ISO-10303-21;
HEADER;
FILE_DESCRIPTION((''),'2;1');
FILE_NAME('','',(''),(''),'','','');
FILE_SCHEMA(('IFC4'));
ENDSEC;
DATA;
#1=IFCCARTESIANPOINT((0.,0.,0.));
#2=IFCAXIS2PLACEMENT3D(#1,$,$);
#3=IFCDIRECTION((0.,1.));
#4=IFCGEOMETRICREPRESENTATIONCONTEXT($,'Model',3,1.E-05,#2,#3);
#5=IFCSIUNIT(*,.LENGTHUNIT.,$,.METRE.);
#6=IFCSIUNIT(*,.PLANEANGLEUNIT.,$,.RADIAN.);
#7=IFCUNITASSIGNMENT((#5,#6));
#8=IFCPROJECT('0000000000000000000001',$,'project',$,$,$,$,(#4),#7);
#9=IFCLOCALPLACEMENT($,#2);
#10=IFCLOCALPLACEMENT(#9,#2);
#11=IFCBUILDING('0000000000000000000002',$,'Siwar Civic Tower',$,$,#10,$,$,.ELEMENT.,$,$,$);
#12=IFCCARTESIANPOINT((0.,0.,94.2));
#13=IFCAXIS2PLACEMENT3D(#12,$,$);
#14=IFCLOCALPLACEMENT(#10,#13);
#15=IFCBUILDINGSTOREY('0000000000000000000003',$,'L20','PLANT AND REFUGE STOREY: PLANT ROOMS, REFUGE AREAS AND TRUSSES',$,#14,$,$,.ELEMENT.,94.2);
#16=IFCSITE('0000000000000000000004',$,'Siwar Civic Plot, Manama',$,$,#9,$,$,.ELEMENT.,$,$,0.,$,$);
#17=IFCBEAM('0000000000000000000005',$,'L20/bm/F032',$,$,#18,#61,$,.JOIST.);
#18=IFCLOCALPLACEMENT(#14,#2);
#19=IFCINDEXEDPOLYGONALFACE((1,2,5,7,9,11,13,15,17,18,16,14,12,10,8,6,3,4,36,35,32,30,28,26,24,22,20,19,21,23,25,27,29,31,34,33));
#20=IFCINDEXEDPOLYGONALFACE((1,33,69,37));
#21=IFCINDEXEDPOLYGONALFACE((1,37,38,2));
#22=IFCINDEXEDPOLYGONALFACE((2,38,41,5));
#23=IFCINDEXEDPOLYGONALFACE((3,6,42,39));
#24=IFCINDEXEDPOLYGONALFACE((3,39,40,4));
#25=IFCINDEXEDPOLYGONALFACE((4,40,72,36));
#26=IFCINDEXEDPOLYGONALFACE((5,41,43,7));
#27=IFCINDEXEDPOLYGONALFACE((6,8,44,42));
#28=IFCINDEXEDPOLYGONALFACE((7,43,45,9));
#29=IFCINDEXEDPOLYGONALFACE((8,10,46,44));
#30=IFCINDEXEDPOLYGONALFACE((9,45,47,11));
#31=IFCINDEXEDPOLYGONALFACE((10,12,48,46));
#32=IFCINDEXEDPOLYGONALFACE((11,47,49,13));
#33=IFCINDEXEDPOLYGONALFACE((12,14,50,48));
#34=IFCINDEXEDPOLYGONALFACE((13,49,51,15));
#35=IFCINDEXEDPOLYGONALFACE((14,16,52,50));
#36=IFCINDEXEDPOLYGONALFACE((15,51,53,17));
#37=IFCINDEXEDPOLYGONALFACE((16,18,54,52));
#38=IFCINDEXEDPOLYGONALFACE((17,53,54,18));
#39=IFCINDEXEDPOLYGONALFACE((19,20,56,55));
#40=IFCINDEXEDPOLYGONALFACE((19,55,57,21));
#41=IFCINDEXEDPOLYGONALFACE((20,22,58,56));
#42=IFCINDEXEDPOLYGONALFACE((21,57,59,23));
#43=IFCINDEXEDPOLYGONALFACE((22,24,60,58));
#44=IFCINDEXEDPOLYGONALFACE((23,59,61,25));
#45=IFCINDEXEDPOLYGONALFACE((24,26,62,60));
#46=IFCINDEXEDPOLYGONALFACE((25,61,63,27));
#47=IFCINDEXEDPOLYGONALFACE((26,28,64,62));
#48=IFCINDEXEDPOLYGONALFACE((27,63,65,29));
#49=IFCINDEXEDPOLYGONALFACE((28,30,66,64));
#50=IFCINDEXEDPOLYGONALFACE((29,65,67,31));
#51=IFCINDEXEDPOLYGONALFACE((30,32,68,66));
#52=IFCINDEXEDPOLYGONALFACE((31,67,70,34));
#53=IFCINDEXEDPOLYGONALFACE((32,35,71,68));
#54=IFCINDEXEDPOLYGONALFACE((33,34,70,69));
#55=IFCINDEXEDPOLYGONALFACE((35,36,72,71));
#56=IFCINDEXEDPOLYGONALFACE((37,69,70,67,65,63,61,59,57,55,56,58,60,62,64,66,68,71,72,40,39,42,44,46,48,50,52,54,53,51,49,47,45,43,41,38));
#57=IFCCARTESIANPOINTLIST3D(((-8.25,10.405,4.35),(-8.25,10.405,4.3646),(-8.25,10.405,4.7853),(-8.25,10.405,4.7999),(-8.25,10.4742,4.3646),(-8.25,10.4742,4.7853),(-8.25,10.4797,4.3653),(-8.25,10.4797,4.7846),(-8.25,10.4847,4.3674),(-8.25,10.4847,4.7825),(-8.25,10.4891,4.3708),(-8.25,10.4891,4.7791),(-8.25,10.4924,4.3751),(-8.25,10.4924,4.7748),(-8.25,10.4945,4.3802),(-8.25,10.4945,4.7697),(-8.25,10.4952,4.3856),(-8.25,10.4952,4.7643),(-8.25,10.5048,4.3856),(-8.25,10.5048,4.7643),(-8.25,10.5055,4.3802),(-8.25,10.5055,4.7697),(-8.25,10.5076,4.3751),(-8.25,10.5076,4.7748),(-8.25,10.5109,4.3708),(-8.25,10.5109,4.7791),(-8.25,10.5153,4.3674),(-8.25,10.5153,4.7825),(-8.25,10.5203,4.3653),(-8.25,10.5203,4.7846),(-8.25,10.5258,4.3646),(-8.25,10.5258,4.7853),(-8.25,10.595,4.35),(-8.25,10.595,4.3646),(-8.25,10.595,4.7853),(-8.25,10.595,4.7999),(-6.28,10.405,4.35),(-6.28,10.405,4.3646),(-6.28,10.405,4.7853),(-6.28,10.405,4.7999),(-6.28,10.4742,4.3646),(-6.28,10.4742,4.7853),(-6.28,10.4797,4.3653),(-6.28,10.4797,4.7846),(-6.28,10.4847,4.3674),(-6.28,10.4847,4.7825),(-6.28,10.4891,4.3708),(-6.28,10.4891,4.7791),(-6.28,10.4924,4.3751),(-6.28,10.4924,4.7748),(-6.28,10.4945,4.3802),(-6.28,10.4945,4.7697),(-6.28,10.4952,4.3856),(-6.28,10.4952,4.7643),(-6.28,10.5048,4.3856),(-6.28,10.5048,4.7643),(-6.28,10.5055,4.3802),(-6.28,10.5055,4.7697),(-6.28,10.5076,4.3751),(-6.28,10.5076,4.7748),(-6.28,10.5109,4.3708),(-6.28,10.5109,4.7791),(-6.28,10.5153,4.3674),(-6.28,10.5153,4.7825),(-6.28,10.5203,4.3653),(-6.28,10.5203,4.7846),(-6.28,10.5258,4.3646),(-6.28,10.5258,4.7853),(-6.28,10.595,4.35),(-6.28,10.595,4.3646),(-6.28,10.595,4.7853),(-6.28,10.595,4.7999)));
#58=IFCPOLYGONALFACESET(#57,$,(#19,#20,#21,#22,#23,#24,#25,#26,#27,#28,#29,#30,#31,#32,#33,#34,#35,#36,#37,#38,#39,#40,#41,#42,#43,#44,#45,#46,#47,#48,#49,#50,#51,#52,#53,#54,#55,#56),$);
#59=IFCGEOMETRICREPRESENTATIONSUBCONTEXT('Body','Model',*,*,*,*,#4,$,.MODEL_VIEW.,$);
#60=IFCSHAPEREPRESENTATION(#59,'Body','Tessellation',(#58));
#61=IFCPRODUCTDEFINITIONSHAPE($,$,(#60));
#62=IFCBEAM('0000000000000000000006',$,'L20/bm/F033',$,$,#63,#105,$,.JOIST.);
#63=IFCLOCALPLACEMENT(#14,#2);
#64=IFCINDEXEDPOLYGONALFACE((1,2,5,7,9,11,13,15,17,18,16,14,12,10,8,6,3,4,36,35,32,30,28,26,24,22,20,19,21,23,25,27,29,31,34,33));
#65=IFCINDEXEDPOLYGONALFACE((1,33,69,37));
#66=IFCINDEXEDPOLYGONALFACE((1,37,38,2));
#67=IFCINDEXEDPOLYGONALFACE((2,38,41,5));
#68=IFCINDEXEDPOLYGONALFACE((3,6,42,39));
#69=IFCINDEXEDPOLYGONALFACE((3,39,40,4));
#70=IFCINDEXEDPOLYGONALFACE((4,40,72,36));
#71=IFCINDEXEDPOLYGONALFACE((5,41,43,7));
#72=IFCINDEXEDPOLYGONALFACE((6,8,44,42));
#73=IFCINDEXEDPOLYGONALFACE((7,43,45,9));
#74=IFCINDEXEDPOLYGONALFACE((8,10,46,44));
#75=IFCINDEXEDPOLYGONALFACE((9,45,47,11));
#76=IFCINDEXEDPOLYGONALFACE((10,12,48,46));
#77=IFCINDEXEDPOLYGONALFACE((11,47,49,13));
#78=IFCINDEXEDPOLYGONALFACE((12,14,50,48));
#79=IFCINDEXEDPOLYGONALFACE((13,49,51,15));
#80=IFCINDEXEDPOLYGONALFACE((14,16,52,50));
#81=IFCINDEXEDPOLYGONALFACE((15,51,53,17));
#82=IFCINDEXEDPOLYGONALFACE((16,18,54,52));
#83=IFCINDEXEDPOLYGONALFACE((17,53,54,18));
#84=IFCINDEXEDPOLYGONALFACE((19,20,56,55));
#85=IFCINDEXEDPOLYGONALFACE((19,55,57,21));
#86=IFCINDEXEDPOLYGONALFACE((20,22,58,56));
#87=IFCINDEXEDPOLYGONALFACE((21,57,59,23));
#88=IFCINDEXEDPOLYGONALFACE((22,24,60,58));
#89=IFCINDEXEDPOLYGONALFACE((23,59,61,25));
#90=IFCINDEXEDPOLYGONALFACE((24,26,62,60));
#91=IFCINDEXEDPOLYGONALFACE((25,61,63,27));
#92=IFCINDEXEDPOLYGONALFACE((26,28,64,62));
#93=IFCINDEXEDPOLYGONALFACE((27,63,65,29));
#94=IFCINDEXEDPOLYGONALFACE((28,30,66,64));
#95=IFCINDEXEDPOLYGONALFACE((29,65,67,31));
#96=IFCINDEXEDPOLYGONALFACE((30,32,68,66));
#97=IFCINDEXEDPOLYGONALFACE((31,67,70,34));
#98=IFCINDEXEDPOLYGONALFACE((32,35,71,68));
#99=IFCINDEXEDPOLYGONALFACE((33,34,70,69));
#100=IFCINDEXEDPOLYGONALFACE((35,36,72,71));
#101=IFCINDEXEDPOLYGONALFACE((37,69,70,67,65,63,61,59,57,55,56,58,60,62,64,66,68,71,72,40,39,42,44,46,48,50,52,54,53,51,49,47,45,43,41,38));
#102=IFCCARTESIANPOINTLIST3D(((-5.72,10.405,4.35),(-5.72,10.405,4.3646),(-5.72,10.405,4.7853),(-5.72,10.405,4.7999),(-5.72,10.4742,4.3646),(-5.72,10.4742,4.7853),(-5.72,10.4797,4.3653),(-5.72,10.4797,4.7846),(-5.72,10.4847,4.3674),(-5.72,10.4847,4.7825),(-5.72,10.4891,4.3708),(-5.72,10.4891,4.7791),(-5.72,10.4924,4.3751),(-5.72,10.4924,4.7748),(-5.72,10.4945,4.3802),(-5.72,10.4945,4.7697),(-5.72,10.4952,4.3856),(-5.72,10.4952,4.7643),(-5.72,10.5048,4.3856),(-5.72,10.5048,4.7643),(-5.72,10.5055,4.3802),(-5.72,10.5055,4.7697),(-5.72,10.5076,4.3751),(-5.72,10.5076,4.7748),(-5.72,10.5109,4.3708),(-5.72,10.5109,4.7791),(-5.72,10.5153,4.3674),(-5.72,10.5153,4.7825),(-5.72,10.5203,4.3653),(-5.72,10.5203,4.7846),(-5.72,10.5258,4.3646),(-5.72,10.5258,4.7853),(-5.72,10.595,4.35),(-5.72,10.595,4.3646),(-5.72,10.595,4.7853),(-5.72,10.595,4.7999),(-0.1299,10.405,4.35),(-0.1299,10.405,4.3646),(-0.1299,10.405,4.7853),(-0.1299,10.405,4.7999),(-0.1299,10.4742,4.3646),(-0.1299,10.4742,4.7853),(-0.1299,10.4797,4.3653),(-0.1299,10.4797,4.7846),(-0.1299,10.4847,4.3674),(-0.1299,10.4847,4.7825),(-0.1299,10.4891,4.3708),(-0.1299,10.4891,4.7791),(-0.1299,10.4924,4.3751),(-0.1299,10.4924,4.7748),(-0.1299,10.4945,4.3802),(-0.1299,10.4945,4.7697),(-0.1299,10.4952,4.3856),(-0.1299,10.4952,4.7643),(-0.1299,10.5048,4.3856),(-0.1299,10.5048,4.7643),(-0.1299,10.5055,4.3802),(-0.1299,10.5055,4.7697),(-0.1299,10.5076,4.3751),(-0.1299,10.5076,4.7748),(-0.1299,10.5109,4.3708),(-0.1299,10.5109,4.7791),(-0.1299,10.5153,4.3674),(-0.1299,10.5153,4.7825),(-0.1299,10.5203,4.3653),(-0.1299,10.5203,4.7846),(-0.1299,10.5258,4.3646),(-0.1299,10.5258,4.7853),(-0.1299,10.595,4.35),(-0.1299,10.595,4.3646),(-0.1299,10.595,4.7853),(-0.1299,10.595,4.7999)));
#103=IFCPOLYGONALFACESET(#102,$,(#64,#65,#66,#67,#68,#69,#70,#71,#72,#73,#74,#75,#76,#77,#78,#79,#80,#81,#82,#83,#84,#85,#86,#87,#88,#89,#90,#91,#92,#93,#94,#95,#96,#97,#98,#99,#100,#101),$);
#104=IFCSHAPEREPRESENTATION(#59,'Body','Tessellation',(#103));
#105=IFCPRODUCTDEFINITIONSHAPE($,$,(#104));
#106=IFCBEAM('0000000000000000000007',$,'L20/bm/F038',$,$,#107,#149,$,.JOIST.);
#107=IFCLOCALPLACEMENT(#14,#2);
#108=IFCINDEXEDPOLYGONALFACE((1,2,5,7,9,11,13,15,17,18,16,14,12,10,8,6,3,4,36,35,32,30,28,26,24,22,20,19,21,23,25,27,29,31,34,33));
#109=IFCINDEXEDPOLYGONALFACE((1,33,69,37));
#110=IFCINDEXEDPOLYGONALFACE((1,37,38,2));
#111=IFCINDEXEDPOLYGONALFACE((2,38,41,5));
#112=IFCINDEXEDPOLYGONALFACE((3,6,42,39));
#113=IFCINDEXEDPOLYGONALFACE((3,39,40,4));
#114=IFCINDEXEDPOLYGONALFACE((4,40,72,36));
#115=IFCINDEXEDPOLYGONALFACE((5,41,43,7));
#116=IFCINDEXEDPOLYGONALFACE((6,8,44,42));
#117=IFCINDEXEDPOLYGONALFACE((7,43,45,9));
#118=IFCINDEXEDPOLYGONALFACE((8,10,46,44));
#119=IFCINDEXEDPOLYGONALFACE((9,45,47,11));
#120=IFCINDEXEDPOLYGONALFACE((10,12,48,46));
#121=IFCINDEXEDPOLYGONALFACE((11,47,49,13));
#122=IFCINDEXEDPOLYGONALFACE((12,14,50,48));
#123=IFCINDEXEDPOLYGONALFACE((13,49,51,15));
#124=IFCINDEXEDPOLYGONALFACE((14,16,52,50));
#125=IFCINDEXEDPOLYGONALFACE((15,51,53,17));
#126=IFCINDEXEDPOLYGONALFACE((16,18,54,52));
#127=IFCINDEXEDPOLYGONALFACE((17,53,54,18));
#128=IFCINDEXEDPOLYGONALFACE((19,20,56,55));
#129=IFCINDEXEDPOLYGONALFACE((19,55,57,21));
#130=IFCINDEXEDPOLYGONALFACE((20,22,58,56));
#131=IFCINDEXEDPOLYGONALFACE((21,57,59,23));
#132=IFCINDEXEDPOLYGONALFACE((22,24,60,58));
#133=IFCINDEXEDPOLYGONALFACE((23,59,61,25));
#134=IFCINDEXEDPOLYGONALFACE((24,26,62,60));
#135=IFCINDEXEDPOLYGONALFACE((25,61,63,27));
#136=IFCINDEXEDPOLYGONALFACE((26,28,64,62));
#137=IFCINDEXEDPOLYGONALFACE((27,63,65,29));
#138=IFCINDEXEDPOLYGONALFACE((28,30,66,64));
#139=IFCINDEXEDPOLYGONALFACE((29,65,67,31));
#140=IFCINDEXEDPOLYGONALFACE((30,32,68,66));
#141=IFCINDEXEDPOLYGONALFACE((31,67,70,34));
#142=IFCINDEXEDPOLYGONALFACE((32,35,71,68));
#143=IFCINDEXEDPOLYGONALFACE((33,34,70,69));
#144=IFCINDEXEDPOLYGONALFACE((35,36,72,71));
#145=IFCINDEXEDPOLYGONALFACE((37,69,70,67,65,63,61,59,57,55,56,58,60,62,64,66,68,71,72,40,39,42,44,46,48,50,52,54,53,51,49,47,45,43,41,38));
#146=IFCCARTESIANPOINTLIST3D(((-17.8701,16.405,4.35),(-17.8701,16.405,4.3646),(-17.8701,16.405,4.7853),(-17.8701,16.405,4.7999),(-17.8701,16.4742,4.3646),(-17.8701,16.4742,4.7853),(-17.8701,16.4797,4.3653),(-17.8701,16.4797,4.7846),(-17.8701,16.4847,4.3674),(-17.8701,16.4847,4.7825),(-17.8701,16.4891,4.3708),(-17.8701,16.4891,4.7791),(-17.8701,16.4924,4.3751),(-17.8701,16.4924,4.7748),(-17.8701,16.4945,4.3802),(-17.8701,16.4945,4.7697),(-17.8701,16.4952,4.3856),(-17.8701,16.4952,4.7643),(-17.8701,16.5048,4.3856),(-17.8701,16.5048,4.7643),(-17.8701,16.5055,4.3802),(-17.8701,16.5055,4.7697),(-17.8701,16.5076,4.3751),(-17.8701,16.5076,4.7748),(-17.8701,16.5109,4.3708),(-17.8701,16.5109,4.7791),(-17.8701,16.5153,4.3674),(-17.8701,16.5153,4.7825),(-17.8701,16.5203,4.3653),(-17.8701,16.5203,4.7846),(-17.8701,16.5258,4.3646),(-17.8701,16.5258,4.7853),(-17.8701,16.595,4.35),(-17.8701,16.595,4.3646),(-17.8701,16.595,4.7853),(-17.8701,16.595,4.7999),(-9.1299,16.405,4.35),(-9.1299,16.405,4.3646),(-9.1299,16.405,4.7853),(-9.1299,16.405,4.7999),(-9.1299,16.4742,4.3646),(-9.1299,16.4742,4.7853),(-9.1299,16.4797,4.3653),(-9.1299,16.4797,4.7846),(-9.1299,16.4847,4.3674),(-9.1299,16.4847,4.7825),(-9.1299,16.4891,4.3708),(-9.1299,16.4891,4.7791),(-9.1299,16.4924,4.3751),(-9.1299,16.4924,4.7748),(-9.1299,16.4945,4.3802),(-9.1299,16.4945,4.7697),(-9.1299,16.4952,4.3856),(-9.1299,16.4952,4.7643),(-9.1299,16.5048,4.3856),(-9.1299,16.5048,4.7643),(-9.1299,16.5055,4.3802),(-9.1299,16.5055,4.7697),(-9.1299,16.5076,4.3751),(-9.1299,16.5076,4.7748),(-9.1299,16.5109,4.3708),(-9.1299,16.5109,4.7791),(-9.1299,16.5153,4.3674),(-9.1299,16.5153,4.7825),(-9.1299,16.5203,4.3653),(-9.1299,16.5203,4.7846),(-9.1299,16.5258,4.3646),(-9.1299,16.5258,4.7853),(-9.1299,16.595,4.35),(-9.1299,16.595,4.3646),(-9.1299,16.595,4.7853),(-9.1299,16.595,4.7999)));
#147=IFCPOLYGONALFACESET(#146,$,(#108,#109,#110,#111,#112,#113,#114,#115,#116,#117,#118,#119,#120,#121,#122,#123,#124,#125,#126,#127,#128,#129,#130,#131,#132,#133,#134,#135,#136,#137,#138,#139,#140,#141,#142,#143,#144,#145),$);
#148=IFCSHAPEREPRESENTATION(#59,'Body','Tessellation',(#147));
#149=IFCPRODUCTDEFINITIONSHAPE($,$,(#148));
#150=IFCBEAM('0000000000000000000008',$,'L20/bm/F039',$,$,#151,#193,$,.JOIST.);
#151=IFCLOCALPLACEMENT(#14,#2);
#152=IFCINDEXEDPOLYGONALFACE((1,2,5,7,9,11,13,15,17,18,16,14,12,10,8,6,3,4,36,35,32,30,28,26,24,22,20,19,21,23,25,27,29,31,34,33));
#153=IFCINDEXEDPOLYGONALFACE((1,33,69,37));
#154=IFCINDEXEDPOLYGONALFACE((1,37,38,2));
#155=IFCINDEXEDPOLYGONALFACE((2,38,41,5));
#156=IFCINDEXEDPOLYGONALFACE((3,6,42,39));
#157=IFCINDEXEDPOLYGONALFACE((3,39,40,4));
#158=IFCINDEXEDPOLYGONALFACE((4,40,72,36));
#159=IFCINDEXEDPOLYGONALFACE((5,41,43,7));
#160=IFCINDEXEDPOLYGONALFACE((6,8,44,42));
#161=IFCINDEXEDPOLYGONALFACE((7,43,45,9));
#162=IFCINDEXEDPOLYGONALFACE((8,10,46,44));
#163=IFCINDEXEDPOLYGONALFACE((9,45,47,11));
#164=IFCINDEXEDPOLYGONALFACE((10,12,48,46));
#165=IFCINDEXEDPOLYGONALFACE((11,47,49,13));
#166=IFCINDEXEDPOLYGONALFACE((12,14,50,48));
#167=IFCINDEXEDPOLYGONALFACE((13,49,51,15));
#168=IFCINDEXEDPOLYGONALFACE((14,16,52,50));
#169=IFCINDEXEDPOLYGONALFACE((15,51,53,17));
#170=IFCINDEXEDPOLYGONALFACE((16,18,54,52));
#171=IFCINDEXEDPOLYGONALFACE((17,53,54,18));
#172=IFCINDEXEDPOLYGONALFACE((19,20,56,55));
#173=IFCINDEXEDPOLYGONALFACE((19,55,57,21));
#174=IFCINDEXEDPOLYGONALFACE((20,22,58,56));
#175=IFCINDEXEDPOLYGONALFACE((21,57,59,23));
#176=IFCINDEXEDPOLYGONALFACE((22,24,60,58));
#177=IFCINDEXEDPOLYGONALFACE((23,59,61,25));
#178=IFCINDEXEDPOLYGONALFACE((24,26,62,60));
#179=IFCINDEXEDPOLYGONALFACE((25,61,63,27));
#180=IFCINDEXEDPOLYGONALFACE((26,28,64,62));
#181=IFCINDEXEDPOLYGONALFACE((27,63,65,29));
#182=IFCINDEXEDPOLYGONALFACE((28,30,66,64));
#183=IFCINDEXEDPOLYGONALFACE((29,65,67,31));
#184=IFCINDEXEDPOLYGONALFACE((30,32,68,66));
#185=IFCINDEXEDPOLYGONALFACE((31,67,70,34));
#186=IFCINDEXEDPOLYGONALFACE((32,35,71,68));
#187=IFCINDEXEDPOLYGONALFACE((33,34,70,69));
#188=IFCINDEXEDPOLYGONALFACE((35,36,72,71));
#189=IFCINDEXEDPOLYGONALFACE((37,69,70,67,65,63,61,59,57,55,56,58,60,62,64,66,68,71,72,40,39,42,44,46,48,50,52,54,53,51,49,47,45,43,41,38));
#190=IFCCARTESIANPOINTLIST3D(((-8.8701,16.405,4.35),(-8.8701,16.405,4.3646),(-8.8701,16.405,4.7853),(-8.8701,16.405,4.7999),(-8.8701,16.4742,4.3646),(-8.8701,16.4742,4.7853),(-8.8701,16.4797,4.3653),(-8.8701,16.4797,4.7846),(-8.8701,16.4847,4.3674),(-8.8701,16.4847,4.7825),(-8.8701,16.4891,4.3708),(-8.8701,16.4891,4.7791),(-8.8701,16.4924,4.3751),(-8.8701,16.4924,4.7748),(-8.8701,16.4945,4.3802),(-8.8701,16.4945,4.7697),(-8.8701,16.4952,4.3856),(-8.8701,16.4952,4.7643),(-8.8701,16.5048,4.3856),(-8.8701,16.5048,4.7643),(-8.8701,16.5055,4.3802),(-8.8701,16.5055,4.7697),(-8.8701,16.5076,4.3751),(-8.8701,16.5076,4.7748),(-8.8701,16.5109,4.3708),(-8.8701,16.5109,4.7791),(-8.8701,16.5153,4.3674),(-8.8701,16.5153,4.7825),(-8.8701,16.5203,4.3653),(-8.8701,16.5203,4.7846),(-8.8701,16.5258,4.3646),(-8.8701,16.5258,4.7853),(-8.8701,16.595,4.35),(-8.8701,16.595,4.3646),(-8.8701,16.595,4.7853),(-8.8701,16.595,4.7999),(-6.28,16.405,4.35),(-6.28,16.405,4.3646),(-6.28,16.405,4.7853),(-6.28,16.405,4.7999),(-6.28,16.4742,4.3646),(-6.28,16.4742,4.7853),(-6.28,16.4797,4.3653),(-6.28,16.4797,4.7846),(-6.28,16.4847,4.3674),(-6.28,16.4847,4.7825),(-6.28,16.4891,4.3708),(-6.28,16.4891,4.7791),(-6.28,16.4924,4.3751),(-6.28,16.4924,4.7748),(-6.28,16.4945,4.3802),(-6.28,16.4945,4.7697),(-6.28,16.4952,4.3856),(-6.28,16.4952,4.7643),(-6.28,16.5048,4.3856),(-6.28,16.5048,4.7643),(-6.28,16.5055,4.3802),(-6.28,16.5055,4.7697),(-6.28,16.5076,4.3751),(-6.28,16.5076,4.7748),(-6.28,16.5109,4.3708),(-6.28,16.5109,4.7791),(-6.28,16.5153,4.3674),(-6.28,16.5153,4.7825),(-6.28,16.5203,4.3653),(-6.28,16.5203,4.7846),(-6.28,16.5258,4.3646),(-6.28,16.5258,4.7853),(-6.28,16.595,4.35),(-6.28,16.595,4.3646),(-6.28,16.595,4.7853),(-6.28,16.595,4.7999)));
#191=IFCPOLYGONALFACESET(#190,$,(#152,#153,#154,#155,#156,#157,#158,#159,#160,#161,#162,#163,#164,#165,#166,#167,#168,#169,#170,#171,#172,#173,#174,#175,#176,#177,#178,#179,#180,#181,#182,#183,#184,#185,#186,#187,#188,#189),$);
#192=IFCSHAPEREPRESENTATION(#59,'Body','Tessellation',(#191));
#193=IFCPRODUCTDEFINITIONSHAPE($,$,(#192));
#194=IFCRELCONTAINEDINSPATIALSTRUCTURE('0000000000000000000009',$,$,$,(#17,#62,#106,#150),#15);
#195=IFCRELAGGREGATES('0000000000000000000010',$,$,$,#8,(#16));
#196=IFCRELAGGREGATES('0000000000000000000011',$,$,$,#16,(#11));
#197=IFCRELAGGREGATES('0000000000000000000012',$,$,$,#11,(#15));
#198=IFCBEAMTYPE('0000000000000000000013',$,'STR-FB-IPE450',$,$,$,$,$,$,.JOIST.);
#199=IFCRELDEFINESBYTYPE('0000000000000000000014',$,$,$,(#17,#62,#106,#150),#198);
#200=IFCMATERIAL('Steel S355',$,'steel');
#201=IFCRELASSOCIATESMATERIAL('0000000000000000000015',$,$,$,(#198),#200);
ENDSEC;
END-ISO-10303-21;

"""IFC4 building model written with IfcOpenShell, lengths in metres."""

from ifc_helpers import new_model, si_unit, direction, frame, origin, origin_2d, place, context, subcontext, project, spatial, i_section, extrude, material, material_profile, profile_set, type_object, element, save


model = new_model("IFC4")

# Units and contexts
model_context = context("Model", 3, precision=1e-05, world=origin(), true_north=direction((0.0, 1.0)))
body_context = subcontext(model_context, "Body", "Model", "MODEL_VIEW")
ifc_project = project(units=[si_unit("LENGTHUNIT", "METRE"), si_unit("PLANEANGLEUNIT", "RADIAN")], contexts=[model_context])

# Site, building, storey
site_placement = place(None, origin())
site = spatial("IfcSite", under=ifc_project, at=site_placement, Name="Siwar Civic Plot, Manama", CompositionType="ELEMENT", RefElevation=0.0)
building_placement = place(site_placement, origin())
building = spatial("IfcBuilding", under=site, at=building_placement, Name="Siwar Civic Tower", CompositionType="ELEMENT")
storey_placement = place(building_placement, frame((0.0, 0.0, 94.2)))
storey = spatial("IfcBuildingStorey", under=building, at=storey_placement, Name="L20", Description="PLANT AND REFUGE STOREY: PLANT ROOMS, REFUGE AREAS AND TRUSSES", CompositionType="ELEMENT", Elevation=94.2)

# Beams
ifc_material_1 = material(Name="Steel S355", Category="steel")
ifc_material_profile_1 = material_profile(ifc_material_1, i_section(OverallWidth=0.1899, OverallDepth=0.45, WebThickness=0.0095, FlangeThickness=0.0146, FilletRadius=0.021, at=origin_2d()), Name="IPE450")
ifc_profile_set_1 = profile_set([ifc_material_profile_1], Name="Steel S355")
beam_type_1 = type_object("IfcBeamType", Name="STR-FB-IPE450", PredefinedType="JOIST", material=ifc_profile_set_1)
beam_1_placement = place(storey_placement, frame((-8.25, 10.5, 4.575), z_axis=(1.0, 0.0, 0.0), x_axis=(0.0, 1.0, 0.0)))
element("IfcBeam", 1, at=beam_1_placement, inside=storey, type_object=beam_type_1, Name="L20/bm/F032", PredefinedType="JOIST", context=body_context, shape_type="SweptSolid", body=[
    extrude(i_section(OverallWidth=0.1899, OverallDepth=0.45, WebThickness=0.0095, FlangeThickness=0.0146, FilletRadius=0.021, at=origin_2d()), origin(), (0.0, 0.0, 1.0), 1.97),
])
beam_2_placement = place(storey_placement, frame((-5.72, 10.5, 4.575), z_axis=(1.0, 0.0, 0.0), x_axis=(0.0, 1.0, 0.0)))
element("IfcBeam", 2, at=beam_2_placement, inside=storey, type_object=beam_type_1, Name="L20/bm/F033", PredefinedType="JOIST", context=body_context, shape_type="SweptSolid", body=[
    extrude(i_section(OverallWidth=0.1899, OverallDepth=0.45, WebThickness=0.0095, FlangeThickness=0.0146, FilletRadius=0.021, at=origin_2d()), origin(), (0.0, 0.0, 1.0), 5.5901),
])
beam_3_placement = place(storey_placement, frame((-17.8701, 16.5, 4.575), z_axis=(1.0, 0.0, 0.0), x_axis=(0.0, 1.0, 0.0)))
element("IfcBeam", 3, at=beam_3_placement, inside=storey, type_object=beam_type_1, Name="L20/bm/F038", PredefinedType="JOIST", context=body_context, shape_type="SweptSolid", body=[
    extrude(i_section(OverallWidth=0.1899, OverallDepth=0.45, WebThickness=0.0095, FlangeThickness=0.0146, FilletRadius=0.021, at=origin_2d()), origin(), (0.0, 0.0, 1.0), 8.7402),
])
beam_4_placement = place(storey_placement, frame((-8.8701, 16.5, 4.575), z_axis=(1.0, 0.0, 0.0), x_axis=(0.0, 1.0, 0.0)))
element("IfcBeam", 4, at=beam_4_placement, inside=storey, type_object=beam_type_1, Name="L20/bm/F039", PredefinedType="JOIST", context=body_context, shape_type="SweptSolid", body=[
    extrude(i_section(OverallWidth=0.1899, OverallDepth=0.45, WebThickness=0.0095, FlangeThickness=0.0146, FilletRadius=0.021, at=origin_2d()), origin(), (0.0, 0.0, 1.0), 2.5901),
])

save(model, "model.ifc")
